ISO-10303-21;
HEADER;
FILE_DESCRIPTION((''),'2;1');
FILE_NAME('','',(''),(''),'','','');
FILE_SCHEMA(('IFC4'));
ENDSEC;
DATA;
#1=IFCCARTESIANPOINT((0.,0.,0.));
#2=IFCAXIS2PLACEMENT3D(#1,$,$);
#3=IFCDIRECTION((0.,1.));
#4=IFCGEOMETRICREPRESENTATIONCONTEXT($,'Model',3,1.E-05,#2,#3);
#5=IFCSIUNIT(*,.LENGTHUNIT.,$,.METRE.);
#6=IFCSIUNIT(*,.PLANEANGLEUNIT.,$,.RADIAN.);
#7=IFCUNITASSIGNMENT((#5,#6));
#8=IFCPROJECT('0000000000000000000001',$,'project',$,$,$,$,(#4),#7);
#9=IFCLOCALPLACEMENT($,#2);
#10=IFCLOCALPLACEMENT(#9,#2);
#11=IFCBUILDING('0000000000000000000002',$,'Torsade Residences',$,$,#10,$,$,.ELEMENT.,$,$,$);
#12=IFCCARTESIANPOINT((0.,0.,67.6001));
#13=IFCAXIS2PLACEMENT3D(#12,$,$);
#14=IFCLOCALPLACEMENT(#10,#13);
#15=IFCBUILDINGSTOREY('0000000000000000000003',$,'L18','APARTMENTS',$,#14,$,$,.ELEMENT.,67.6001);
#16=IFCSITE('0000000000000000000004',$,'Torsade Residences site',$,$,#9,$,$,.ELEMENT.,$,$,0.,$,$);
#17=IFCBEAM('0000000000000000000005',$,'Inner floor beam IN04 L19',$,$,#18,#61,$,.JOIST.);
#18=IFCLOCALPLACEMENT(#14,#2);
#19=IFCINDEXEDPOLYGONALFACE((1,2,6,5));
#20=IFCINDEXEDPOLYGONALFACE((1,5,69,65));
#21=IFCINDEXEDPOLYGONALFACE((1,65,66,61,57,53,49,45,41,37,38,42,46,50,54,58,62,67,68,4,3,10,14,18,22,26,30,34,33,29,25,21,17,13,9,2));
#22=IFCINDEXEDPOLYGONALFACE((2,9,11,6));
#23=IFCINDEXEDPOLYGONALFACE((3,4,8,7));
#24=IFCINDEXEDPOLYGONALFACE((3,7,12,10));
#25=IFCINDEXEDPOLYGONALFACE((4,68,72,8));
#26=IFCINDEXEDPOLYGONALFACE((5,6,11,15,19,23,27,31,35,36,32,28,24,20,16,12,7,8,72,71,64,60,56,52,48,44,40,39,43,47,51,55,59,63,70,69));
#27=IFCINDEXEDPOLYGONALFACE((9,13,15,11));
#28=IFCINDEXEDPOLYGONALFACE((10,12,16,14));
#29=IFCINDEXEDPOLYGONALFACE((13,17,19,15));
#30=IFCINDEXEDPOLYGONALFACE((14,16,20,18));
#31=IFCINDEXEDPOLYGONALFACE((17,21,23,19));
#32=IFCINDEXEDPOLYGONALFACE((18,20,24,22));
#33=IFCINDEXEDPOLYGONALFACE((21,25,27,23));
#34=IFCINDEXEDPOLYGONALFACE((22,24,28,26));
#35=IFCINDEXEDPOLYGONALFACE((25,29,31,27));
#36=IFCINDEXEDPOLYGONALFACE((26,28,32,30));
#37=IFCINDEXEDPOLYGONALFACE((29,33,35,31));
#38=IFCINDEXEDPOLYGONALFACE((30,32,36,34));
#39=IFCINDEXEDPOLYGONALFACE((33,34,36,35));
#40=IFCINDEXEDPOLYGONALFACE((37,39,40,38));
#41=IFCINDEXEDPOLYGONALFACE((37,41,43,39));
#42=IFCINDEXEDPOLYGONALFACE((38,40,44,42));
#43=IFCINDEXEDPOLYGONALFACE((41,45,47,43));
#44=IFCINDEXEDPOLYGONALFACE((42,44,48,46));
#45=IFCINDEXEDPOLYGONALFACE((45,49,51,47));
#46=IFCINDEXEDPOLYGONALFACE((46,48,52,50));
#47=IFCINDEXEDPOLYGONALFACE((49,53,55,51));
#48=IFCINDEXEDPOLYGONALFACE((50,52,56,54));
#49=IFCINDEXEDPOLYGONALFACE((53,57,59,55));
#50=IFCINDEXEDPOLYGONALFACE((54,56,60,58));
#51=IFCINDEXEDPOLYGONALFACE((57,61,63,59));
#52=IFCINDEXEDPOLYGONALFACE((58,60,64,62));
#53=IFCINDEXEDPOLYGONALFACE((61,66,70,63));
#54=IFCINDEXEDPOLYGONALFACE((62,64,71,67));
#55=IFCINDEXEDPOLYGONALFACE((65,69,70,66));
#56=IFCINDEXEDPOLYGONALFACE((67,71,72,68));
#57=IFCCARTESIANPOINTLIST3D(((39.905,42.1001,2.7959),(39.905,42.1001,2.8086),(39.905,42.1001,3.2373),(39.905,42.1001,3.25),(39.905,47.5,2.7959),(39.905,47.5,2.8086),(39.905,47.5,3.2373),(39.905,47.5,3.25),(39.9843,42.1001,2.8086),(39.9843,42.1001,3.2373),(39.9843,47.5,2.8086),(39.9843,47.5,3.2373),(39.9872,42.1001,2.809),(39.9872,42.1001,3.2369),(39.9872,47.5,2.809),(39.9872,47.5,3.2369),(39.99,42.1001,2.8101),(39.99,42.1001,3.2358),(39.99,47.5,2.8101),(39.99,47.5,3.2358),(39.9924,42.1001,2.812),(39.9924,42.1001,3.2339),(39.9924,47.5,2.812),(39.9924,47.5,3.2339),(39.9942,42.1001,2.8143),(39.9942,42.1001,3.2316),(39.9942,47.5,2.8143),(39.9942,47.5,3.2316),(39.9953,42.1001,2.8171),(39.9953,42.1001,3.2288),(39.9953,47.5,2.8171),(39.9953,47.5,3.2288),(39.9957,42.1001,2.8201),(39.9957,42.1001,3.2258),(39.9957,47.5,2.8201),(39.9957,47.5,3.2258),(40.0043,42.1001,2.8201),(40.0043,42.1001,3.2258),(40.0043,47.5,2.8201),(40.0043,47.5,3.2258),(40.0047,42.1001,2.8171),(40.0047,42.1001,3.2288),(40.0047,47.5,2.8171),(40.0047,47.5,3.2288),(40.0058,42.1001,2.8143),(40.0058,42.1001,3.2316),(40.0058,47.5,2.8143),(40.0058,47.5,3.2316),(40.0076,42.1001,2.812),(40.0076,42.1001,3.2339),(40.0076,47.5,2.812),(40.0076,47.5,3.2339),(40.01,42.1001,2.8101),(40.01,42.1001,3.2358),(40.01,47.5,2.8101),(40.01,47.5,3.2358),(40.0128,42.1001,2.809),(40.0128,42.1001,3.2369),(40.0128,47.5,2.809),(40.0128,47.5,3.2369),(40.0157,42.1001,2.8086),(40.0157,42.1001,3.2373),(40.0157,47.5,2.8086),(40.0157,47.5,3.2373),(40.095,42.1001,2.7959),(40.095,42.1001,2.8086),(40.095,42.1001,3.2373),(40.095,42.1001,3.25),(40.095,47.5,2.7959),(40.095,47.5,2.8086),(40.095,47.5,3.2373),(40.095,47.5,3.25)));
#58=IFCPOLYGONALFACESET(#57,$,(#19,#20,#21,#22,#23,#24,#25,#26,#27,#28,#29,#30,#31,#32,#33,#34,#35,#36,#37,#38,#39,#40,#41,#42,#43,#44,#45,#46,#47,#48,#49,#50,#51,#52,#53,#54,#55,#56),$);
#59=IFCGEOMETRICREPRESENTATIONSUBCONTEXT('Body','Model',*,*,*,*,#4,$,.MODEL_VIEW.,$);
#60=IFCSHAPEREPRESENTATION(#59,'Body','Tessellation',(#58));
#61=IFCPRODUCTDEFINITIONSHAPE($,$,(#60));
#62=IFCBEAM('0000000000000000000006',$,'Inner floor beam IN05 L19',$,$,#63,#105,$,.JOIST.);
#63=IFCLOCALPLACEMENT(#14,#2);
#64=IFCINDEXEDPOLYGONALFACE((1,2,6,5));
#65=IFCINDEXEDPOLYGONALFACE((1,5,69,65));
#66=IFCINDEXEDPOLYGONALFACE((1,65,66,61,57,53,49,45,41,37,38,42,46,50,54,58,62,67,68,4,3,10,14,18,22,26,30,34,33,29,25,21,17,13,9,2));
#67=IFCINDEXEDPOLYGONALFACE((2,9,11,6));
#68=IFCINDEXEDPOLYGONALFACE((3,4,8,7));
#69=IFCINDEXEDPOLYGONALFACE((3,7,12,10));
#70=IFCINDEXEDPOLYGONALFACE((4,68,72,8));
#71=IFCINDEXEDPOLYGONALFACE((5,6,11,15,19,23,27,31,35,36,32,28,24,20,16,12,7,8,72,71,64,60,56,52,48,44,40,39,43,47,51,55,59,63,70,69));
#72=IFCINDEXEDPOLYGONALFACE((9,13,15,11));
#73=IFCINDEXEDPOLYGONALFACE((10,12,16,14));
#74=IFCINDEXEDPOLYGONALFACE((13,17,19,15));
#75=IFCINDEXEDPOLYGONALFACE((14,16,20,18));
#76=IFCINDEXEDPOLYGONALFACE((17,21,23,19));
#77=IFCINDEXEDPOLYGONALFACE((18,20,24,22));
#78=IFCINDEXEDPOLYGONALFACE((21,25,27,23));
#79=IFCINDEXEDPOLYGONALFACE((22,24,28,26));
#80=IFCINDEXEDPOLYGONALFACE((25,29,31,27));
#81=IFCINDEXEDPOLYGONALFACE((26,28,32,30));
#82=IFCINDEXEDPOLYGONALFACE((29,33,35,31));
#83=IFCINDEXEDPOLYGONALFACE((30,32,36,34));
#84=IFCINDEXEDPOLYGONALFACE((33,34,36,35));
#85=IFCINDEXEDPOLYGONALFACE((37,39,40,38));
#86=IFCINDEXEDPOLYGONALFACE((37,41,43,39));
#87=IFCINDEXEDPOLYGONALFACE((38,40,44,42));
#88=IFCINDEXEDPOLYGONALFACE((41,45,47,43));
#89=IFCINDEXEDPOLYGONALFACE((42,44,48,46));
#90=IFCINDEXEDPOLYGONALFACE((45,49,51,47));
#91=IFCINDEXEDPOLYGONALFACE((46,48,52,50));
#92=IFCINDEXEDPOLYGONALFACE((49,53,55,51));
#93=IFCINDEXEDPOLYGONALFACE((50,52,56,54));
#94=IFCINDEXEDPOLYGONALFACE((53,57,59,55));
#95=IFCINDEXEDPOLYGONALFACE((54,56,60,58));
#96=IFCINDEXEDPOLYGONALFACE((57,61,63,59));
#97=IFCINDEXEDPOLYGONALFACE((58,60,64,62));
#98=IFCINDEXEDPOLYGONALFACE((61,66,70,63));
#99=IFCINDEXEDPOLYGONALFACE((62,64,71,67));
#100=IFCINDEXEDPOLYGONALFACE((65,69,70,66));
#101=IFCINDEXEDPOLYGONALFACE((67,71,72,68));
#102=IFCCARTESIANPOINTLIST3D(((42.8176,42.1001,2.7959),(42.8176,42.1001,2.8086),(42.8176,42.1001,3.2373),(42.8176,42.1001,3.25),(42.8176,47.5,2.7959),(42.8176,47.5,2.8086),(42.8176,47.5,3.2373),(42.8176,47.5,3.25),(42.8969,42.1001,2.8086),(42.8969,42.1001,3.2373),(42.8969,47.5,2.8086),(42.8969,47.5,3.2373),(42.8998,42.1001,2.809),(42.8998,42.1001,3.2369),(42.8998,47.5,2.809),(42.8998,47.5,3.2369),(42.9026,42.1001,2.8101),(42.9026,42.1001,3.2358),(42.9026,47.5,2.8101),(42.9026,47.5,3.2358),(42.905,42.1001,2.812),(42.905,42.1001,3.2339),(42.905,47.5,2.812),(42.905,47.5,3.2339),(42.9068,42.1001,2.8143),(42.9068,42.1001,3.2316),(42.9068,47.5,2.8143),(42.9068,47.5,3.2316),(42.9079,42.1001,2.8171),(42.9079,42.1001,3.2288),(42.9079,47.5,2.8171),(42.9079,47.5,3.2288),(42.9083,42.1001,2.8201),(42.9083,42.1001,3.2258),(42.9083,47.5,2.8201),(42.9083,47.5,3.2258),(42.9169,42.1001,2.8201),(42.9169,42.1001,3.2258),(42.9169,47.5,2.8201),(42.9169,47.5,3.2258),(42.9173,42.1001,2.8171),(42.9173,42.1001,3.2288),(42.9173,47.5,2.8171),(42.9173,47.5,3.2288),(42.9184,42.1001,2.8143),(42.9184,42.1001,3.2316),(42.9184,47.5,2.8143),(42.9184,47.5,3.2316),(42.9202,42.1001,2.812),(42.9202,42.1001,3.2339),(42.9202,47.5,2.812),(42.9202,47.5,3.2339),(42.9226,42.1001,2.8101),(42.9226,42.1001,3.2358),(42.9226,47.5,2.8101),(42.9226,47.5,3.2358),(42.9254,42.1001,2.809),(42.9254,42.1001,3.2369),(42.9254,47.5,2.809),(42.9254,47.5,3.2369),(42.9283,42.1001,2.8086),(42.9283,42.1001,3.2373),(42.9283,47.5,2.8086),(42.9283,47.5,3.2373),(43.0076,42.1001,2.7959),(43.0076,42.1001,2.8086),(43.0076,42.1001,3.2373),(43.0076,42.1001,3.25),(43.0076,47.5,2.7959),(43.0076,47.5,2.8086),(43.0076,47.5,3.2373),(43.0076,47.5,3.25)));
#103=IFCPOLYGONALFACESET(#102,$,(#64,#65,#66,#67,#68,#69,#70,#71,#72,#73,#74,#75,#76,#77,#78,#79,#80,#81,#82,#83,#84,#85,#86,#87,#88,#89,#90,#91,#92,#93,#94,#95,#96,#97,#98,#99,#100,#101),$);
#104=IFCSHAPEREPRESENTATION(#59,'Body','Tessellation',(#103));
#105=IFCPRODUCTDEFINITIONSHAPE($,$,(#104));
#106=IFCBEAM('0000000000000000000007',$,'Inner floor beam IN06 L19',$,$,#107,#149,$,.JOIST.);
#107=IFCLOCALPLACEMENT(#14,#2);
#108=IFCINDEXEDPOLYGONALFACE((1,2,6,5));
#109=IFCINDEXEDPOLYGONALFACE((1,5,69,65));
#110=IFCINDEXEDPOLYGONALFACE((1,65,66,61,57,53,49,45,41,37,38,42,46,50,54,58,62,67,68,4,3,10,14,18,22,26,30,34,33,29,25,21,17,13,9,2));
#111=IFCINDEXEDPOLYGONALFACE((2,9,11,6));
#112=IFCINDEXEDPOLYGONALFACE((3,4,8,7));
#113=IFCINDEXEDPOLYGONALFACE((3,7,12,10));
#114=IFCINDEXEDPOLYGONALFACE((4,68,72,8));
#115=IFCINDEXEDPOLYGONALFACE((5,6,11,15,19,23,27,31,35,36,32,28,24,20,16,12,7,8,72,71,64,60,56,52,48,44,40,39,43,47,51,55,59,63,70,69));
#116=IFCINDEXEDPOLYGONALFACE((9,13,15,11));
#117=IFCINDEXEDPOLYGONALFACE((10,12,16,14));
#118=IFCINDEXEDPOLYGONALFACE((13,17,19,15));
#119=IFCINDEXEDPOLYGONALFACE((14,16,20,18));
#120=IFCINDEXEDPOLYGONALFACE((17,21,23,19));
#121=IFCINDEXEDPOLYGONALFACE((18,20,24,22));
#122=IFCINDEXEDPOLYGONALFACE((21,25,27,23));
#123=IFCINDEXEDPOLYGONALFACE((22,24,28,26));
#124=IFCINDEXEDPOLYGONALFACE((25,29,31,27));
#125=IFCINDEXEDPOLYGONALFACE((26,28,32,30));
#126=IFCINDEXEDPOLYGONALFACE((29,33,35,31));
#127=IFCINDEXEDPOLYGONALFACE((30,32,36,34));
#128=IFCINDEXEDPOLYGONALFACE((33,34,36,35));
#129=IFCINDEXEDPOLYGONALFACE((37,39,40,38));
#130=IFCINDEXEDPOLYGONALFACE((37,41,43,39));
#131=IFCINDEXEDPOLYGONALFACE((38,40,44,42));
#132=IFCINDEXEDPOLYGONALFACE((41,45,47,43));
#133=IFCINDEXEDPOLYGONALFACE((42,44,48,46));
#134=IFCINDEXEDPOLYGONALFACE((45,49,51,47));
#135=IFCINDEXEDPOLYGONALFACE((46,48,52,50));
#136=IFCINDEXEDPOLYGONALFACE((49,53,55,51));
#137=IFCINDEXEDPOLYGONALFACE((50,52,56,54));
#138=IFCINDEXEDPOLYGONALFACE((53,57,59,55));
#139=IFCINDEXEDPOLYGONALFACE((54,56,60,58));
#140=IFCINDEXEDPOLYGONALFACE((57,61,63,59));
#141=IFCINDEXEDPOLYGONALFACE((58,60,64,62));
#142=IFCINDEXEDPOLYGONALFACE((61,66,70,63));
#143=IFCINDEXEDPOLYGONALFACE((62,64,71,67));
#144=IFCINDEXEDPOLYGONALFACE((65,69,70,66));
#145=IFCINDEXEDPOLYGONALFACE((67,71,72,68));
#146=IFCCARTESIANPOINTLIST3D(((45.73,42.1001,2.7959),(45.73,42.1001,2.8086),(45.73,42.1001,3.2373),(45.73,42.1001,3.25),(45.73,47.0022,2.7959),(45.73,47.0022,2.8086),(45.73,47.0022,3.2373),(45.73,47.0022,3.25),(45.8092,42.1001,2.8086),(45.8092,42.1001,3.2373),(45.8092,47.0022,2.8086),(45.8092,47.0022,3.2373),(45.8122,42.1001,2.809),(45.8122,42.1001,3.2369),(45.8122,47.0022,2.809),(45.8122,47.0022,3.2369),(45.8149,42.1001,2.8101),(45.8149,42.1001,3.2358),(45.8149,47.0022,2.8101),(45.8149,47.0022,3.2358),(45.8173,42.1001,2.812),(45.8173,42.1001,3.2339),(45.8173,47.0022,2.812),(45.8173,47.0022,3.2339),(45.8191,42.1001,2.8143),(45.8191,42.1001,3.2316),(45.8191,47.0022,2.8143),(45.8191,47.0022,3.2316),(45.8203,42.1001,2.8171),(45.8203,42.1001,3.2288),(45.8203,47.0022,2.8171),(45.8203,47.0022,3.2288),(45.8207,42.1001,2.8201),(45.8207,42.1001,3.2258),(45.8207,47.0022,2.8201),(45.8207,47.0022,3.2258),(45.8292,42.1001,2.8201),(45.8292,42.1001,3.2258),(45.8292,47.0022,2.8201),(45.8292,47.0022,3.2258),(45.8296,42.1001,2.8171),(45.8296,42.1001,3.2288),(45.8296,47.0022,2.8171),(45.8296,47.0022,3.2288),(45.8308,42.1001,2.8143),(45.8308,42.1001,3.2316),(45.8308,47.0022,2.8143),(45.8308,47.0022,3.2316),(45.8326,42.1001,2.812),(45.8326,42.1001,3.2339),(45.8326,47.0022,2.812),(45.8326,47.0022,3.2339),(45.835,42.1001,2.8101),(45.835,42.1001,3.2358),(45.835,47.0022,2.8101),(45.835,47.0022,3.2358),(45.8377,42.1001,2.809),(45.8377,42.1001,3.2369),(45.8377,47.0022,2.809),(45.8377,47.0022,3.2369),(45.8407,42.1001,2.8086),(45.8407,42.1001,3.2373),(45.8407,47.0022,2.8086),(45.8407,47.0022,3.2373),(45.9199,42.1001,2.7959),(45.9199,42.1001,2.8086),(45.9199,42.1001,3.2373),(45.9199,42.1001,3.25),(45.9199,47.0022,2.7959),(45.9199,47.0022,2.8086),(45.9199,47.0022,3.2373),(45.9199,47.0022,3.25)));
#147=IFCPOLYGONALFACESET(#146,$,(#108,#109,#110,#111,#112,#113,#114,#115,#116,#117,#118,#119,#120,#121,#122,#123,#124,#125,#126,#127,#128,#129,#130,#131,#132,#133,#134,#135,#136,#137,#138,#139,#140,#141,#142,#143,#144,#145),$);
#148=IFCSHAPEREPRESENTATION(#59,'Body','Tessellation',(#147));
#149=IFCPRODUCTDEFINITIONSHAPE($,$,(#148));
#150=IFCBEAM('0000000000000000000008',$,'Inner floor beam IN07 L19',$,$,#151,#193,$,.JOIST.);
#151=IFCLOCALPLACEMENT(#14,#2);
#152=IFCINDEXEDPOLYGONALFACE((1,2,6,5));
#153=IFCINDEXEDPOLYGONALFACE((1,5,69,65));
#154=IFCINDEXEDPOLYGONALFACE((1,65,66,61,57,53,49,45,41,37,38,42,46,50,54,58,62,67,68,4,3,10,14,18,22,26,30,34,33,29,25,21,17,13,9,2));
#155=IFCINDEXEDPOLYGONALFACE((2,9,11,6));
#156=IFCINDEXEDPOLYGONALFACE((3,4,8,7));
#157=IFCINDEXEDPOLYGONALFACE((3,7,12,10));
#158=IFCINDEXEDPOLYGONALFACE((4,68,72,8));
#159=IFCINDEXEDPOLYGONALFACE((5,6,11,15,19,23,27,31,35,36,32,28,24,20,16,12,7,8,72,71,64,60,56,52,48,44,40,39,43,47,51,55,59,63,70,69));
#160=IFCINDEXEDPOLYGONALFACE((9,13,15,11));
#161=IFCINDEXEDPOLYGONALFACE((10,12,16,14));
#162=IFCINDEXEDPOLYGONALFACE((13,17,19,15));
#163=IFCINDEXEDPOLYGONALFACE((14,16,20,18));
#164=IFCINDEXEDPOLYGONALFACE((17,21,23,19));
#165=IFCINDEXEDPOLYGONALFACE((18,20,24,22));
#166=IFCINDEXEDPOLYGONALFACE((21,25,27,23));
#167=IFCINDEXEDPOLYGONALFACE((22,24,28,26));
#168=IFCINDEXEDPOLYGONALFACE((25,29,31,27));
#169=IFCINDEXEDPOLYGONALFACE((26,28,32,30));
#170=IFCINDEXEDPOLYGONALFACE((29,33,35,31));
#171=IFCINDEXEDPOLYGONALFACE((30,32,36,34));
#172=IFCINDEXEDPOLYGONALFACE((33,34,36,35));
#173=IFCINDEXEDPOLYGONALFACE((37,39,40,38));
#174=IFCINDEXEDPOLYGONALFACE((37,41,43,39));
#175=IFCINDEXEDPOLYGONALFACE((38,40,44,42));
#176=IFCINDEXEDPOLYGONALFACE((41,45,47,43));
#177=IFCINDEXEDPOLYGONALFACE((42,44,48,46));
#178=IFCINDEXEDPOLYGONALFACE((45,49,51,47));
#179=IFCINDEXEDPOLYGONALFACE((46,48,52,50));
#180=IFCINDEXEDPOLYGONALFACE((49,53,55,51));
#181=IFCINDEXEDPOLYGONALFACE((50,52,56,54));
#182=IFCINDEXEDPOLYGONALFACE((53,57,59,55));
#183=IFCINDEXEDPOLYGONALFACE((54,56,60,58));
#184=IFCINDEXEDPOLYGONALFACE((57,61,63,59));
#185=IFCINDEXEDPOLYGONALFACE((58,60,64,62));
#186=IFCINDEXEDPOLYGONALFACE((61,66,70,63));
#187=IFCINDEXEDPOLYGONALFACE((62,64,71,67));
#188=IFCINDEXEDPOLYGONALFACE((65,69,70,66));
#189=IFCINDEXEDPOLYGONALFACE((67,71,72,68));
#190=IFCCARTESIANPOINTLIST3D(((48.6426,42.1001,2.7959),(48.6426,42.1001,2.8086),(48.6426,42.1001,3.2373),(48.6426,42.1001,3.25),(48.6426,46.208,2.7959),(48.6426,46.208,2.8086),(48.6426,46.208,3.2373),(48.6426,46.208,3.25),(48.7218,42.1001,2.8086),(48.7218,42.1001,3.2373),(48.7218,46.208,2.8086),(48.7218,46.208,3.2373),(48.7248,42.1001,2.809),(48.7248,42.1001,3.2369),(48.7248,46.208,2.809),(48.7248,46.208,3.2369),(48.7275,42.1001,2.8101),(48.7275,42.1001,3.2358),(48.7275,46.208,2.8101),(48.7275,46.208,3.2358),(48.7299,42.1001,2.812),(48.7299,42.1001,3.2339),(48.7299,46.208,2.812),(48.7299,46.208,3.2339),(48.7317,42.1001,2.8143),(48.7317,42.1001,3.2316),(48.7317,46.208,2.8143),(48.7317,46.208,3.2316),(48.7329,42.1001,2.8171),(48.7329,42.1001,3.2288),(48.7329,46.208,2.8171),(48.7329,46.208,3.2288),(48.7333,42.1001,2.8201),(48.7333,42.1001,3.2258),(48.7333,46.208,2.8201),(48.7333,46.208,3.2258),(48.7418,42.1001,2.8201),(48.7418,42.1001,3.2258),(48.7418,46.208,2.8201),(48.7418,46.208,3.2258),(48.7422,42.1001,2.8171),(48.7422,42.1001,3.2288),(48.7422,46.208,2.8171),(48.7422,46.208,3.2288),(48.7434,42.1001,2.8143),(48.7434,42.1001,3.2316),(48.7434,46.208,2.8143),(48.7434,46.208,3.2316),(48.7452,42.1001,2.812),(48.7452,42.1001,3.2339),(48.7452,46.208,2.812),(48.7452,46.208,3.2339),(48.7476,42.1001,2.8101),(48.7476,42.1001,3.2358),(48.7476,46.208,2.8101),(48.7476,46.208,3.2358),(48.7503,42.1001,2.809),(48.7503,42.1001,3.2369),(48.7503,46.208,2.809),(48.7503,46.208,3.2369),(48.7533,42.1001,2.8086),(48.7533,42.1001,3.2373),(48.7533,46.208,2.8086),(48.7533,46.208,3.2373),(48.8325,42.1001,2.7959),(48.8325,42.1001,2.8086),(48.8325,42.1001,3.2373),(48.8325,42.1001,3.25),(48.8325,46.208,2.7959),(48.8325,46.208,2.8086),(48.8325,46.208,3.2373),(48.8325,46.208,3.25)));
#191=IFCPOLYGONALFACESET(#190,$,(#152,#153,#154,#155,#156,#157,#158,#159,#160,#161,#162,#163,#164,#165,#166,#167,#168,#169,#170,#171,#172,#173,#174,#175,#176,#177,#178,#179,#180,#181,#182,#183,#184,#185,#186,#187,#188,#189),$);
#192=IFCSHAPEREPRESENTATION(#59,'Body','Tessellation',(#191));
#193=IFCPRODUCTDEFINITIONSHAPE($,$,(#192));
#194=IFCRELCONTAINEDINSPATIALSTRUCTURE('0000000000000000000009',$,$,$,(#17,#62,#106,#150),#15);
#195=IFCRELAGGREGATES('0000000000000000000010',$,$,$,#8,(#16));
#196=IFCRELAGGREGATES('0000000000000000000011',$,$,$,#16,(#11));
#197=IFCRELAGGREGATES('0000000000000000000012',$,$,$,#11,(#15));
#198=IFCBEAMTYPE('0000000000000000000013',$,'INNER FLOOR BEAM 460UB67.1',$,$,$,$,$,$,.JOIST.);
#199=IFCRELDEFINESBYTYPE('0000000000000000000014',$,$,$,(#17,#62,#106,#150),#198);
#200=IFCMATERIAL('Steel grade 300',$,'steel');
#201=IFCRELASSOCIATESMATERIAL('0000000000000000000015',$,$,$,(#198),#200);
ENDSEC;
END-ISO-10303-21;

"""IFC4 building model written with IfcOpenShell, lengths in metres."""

from ifc_helpers import new_model, si_unit, direction, frame, origin, origin_2d, place, context, subcontext, project, spatial, i_section, extrude, material, material_profile, profile_set, type_object, element, save


model = new_model("IFC4")

# Units and contexts
model_context = context("Model", 3, precision=1e-05, world=origin(), true_north=direction((0.0, 1.0)))
body_context = subcontext(model_context, "Body", "Model", "MODEL_VIEW")
ifc_project = project(units=[si_unit("LENGTHUNIT", "METRE"), si_unit("PLANEANGLEUNIT", "RADIAN")], contexts=[model_context])

# Site, building, storey
site_placement = place(None, origin())
site = spatial("IfcSite", under=ifc_project, at=site_placement, Name="Torsade Residences site", CompositionType="ELEMENT", RefElevation=0.0)
building_placement = place(site_placement, origin())
building = spatial("IfcBuilding", under=site, at=building_placement, Name="Torsade Residences", CompositionType="ELEMENT")
storey_placement = place(building_placement, frame((0.0, 0.0, 67.6001)))
storey = spatial("IfcBuildingStorey", under=building, at=storey_placement, Name="L18", Description="APARTMENTS", CompositionType="ELEMENT", Elevation=67.6001)

# Beams
ifc_material_1 = material(Name="Steel grade 300", Category="steel")
ifc_material_profile = material_profile(ifc_material_1, i_section(OverallWidth=0.1899, OverallDepth=0.4541, WebThickness=0.0085, FlangeThickness=0.0127, FilletRadius=0.0115, at=origin_2d()), Name="460UB67.1")
ifc_profile_set = profile_set([ifc_material_profile], Name="Steel grade 300")
beam_type = type_object("IfcBeamType", Name="INNER FLOOR BEAM 460UB67.1", PredefinedType="JOIST", material=ifc_profile_set)
for number, where, z_axis, x_axis, name in (
    (1, (40.0, 42.1001, 3.0229), (0.0, 1.0, 0.0), (-1.0, 0.0, 0.0), "Inner floor beam IN04 L19"),
    (2, (42.9126, 42.1001, 3.0229), (0.0, 1.0, 0.0), (-1.0, 0.0, 0.0), "Inner floor beam IN05 L19"),
):
    element("IfcBeam", number, at=place(storey_placement, frame(where, z_axis=z_axis, x_axis=x_axis)), inside=storey, type_object=beam_type, Name=name, PredefinedType="JOIST", context=body_context, shape_type="SweptSolid", body=[
        extrude(i_section(OverallWidth=0.1899, OverallDepth=0.4541, WebThickness=0.0085, FlangeThickness=0.0127, FilletRadius=0.0115, at=origin_2d()), origin(), (0.0, 0.0, 1.0), 5.3999),
    ])
beam_1_placement = place(storey_placement, frame((45.825, 42.1001, 3.0229), z_axis=(0.0, 1.0, 0.0), x_axis=(-1.0, 0.0, 0.0)))
element("IfcBeam", 3, at=beam_1_placement, inside=storey, type_object=beam_type, Name="Inner floor beam IN06 L19", PredefinedType="JOIST", context=body_context, shape_type="SweptSolid", body=[
    extrude(i_section(OverallWidth=0.1899, OverallDepth=0.4541, WebThickness=0.0085, FlangeThickness=0.0127, FilletRadius=0.0115, at=origin_2d()), origin(), (0.0, 0.0, 1.0), 4.9021),
])
beam_2_placement = place(storey_placement, frame((48.7375, 42.1001, 3.0229), z_axis=(0.0, 1.0, 0.0), x_axis=(-1.0, 0.0, 0.0)))
element("IfcBeam", 4, at=beam_2_placement, inside=storey, type_object=beam_type, Name="Inner floor beam IN07 L19", PredefinedType="JOIST", context=body_context, shape_type="SweptSolid", body=[
    extrude(i_section(OverallWidth=0.1899, OverallDepth=0.4541, WebThickness=0.0085, FlangeThickness=0.0127, FilletRadius=0.0115, at=origin_2d()), origin(), (0.0, 0.0, 1.0), 4.1079),
])

save(model, "model.ifc")
